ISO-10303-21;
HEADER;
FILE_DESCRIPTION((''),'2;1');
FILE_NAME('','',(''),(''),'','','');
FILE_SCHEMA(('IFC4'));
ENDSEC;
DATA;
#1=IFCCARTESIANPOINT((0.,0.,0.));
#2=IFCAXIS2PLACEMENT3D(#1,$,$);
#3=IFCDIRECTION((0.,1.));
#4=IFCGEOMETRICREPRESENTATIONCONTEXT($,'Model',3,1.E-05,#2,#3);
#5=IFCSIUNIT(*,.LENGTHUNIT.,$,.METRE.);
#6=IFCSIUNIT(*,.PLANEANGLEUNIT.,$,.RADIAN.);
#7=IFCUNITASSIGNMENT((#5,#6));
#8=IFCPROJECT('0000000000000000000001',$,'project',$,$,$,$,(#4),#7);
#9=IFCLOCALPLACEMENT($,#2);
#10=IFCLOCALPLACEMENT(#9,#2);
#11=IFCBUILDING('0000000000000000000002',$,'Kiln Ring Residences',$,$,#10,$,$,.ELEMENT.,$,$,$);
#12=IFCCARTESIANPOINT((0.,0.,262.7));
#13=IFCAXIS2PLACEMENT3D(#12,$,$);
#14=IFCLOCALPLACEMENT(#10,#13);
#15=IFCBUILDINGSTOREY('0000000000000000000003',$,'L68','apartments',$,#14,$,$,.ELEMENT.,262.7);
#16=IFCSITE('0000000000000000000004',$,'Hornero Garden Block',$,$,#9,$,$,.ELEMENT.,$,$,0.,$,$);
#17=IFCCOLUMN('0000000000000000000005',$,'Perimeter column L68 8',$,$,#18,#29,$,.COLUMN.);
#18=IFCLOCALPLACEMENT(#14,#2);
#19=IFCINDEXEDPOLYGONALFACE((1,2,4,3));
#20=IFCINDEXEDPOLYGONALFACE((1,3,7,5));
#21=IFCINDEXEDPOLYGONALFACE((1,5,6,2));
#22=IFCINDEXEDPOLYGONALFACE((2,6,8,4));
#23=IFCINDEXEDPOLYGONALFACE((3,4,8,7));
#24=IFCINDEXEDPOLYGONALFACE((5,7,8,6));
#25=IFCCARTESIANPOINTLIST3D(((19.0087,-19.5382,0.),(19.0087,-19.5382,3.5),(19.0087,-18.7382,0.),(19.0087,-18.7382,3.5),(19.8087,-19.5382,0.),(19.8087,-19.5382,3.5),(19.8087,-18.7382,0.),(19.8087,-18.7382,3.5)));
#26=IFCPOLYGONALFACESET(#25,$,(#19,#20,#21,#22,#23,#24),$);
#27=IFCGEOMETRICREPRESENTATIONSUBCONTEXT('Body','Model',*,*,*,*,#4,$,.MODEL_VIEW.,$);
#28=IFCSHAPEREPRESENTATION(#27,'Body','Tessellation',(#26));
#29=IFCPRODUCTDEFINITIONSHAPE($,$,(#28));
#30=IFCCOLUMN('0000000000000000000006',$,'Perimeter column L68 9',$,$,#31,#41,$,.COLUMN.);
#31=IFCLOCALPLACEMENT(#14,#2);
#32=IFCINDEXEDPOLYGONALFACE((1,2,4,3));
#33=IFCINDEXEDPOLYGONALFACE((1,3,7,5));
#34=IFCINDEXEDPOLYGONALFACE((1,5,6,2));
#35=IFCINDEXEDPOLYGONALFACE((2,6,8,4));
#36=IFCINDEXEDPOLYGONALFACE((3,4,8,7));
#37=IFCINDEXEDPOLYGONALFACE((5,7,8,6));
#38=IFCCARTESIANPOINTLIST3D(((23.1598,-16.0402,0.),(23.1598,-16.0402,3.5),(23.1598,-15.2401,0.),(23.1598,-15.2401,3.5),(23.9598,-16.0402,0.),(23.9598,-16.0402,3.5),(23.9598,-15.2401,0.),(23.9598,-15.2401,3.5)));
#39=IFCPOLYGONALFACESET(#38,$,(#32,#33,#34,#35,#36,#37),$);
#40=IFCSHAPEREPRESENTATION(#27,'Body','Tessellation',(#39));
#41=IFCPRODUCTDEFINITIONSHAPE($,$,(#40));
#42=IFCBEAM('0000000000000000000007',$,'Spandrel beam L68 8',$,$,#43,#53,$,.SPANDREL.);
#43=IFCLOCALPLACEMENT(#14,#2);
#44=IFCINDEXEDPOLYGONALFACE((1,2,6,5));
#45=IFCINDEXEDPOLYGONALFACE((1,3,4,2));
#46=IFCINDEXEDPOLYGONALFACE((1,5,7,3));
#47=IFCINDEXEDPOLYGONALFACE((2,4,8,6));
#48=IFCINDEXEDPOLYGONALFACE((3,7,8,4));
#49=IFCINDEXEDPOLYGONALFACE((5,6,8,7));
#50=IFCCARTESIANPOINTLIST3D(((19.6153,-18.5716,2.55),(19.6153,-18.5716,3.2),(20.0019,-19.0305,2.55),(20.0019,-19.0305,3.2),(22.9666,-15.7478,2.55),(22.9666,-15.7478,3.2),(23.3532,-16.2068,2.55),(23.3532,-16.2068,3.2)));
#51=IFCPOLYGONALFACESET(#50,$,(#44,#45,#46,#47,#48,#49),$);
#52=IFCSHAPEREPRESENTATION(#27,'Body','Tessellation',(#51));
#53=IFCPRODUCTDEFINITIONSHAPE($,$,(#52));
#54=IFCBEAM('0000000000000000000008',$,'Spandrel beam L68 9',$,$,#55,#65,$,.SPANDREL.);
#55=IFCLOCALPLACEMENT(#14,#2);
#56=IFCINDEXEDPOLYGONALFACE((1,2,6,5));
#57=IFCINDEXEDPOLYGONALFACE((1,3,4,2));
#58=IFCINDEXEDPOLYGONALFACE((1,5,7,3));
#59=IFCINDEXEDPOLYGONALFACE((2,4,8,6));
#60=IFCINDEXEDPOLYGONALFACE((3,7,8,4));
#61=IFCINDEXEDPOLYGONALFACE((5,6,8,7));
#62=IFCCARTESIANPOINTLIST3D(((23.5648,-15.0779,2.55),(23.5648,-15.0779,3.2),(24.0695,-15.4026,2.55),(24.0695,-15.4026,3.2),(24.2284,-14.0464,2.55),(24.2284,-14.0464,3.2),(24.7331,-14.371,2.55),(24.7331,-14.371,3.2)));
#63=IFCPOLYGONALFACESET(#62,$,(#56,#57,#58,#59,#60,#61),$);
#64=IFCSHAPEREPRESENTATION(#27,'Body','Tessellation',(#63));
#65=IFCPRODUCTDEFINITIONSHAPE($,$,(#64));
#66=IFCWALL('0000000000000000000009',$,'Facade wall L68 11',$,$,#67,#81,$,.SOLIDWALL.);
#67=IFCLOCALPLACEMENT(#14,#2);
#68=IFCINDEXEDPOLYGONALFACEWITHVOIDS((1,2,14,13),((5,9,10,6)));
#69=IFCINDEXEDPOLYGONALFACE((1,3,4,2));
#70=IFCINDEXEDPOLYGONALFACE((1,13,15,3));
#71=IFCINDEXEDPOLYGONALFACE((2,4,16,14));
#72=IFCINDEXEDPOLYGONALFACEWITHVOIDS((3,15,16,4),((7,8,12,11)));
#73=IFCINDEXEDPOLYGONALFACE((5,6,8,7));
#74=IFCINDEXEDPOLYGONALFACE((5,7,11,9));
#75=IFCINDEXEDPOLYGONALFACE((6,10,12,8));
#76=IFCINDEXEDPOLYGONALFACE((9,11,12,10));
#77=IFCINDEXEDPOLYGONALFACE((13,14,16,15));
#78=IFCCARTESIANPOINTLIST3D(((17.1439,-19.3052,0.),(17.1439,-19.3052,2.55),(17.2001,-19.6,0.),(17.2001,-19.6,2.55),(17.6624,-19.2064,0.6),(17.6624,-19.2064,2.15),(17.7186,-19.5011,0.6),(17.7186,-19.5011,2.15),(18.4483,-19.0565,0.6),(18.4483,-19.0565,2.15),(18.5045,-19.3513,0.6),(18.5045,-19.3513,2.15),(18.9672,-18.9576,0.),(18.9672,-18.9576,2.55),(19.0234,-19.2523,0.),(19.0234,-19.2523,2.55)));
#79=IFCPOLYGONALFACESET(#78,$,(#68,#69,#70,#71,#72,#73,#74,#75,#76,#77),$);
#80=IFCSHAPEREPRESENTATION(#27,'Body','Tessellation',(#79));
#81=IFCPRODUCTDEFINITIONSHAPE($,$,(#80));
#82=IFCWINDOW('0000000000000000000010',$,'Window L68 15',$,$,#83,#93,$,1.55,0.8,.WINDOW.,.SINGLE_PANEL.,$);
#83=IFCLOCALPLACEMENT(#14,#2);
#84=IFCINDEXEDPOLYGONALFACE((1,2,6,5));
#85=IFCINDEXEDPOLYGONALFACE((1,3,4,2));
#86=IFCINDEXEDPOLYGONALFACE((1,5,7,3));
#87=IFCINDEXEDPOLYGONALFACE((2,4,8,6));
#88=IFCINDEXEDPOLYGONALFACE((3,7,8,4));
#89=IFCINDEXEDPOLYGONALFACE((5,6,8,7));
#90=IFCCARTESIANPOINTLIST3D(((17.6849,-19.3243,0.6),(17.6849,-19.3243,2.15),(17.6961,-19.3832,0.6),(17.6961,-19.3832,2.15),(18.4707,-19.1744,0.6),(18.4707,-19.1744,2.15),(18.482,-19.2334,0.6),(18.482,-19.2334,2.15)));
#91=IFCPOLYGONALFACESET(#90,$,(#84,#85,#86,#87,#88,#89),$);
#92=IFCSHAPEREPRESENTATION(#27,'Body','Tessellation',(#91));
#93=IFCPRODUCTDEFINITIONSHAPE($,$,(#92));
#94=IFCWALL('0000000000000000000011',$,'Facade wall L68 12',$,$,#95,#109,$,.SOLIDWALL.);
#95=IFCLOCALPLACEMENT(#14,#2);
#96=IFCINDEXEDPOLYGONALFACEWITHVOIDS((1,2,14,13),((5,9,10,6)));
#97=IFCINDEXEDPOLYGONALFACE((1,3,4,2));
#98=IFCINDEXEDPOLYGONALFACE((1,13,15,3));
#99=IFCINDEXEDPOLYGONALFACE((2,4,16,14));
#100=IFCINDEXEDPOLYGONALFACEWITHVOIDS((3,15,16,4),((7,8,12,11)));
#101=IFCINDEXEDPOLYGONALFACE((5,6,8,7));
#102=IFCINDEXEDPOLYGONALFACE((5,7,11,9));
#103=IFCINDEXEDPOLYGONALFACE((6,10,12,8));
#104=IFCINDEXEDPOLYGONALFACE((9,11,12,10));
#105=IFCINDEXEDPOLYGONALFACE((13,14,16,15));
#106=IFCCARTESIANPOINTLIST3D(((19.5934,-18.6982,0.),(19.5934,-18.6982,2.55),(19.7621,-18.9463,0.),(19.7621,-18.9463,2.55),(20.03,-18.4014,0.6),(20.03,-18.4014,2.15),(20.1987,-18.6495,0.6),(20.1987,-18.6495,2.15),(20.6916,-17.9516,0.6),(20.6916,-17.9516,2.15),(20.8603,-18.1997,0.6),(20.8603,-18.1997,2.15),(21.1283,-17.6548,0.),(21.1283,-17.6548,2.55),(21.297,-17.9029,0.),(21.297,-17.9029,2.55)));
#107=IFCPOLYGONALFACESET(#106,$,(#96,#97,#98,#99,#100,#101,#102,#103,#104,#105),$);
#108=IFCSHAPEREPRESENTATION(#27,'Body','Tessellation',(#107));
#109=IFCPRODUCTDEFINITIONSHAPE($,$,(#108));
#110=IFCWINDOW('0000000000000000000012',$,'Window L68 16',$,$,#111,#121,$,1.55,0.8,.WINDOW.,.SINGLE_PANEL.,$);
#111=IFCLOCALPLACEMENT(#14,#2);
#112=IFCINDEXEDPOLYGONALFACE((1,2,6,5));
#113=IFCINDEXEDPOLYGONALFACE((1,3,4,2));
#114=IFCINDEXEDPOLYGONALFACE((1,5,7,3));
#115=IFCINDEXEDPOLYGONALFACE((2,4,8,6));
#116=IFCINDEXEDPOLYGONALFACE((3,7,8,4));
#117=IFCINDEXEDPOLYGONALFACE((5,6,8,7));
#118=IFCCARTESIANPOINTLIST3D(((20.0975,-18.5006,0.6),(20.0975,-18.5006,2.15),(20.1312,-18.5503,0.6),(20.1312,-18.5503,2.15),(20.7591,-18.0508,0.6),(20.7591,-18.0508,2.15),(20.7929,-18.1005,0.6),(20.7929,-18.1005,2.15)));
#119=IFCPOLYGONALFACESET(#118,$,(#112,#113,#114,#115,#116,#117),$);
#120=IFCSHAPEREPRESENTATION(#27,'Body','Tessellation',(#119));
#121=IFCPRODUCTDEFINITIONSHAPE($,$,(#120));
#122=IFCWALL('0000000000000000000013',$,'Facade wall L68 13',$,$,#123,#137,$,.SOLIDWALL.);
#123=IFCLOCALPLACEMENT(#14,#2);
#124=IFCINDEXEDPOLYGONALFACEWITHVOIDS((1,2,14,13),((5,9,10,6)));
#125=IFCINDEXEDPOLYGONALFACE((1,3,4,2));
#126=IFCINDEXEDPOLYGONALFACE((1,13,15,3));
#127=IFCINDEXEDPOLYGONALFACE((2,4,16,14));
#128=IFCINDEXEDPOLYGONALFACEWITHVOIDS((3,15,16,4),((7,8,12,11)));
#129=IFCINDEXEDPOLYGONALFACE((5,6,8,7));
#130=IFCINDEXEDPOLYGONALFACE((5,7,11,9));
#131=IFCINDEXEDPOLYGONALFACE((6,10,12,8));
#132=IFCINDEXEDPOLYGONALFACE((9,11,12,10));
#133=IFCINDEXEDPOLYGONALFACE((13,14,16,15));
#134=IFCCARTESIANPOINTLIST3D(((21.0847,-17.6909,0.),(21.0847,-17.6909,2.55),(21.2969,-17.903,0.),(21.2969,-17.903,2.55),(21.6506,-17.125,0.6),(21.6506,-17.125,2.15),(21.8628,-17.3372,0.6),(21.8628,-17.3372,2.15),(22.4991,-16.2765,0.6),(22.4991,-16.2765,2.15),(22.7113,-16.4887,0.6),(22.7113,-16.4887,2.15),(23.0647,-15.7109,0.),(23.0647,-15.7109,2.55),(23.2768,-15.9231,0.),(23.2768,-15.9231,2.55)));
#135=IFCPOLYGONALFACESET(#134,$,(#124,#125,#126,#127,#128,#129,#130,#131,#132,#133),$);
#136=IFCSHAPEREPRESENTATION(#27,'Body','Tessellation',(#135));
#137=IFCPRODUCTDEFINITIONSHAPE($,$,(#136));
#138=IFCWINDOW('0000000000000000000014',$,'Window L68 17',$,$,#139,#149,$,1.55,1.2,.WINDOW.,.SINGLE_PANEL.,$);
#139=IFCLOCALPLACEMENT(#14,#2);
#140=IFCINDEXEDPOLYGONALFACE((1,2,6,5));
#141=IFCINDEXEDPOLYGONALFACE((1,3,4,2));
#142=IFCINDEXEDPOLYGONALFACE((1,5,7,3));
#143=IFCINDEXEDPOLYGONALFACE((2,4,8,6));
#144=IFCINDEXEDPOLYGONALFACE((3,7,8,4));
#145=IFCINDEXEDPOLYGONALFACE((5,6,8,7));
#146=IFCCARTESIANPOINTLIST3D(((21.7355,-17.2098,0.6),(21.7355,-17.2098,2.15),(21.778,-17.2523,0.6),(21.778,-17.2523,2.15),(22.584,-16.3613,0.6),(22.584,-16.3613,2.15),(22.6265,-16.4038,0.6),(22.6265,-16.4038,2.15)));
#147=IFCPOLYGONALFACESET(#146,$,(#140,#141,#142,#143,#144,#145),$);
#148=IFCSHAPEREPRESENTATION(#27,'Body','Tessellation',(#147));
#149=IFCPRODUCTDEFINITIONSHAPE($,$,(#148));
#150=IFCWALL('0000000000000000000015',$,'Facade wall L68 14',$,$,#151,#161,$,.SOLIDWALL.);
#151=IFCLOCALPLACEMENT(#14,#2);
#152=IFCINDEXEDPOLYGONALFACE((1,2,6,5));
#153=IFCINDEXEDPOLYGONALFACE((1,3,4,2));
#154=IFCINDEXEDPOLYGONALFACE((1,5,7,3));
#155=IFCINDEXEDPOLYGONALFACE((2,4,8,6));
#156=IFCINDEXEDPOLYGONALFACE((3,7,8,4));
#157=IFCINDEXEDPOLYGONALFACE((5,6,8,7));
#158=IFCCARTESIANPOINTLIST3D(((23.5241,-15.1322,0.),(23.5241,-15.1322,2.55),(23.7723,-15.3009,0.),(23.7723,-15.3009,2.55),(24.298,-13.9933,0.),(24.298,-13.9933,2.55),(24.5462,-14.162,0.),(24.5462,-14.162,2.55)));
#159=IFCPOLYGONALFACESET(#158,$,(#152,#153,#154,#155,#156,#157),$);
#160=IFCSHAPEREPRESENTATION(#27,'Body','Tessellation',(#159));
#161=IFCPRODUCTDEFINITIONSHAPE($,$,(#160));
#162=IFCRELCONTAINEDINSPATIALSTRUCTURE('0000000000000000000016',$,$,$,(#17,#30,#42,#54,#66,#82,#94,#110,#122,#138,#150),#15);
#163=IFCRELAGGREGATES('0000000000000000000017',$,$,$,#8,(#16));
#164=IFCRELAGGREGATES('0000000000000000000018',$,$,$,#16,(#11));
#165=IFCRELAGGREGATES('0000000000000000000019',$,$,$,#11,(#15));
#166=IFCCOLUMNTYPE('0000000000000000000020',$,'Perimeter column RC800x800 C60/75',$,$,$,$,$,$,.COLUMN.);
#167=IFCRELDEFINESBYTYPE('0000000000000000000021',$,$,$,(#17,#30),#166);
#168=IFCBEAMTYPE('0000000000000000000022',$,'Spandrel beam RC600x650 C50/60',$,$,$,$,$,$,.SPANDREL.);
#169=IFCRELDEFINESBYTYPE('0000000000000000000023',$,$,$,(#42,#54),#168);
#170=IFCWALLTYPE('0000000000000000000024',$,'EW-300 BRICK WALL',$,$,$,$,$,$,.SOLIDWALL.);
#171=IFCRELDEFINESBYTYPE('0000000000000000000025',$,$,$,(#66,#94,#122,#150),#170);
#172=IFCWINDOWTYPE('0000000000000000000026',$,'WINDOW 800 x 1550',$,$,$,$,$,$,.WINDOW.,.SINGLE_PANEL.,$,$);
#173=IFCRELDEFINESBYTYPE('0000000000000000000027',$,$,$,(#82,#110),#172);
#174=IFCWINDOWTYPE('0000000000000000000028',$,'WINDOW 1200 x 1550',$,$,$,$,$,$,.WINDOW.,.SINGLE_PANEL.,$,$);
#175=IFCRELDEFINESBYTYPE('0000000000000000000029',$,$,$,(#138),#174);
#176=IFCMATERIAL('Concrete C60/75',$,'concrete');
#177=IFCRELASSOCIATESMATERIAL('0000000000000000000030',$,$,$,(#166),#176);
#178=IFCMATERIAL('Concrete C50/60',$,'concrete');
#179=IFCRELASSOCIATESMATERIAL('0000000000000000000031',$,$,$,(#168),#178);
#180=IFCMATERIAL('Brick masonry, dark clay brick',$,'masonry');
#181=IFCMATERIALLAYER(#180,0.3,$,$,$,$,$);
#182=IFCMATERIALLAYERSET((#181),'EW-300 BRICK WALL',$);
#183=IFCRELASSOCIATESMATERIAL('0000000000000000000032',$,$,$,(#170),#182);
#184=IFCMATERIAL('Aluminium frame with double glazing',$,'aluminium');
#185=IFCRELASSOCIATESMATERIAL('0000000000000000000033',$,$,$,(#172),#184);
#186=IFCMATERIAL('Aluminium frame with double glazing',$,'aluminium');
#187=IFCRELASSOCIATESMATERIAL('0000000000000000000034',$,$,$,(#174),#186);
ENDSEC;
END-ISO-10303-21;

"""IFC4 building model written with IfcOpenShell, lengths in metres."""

from ifc_helpers import new_model, si_unit, direction, frame, frame_2d, origin, origin_2d, place, context, subcontext, project, spatial, rectangle, extrude, material, layer, layer_set, material_profile, profile_set, type_object, element, fill, save


model = new_model("IFC4")

# Units and contexts
model_context = context("Model", 3, precision=1e-05, world=origin(), true_north=direction((0.0, 1.0)))
body_context = subcontext(model_context, "Body", "Model", "MODEL_VIEW")
ifc_project = project(units=[si_unit("LENGTHUNIT", "METRE"), si_unit("PLANEANGLEUNIT", "RADIAN")], contexts=[model_context])

# Site, building, storey
site_placement = place(None, origin())
site = spatial("IfcSite", under=ifc_project, at=site_placement, Name="Hornero Garden Block", CompositionType="ELEMENT", RefElevation=0.0)
building_placement = place(site_placement, origin())
building = spatial("IfcBuilding", under=site, at=building_placement, Name="Kiln Ring Residences", CompositionType="ELEMENT")
storey_placement = place(building_placement, frame((0.0, 0.0, 262.7)))
storey = spatial("IfcBuildingStorey", under=building, at=storey_placement, Name="L68", Description="apartments", CompositionType="ELEMENT", Elevation=262.7)

# Columns
ifc_material_1 = material(Name="Concrete C60/75", Category="concrete")
ifc_material_profile_1 = material_profile(ifc_material_1, rectangle(XDim=0.8, YDim=0.8, at=origin_2d()), Name="RC800x800")
ifc_profile_set_1 = profile_set([ifc_material_profile_1], Name="Concrete C60/75")
column_type = type_object("IfcColumnType", Name="Perimeter column RC800x800 C60/75", PredefinedType="COLUMN", material=ifc_profile_set_1)
for number, where, z_axis, x_axis, name in (
    (1, (19.4087, -19.1382, 0.0), (0.0, 0.0, 1.0), (1.0, 0.0, 0.0), "Perimeter column L68 8"),
    (2, (23.5598, -15.6401, 0.0), (0.0, 0.0, 1.0), (1.0, 0.0, 0.0), "Perimeter column L68 9"),
):
    element("IfcColumn", number, at=place(storey_placement, frame(where, z_axis=z_axis, x_axis=x_axis)), inside=storey, type_object=column_type, Name=name, PredefinedType="COLUMN", context=body_context, shape_type="SweptSolid", body=[
        extrude(rectangle(XDim=0.8, YDim=0.8, at=origin_2d()), origin(), (0.0, 0.0, 1.0), 3.5),
    ])

# Beams
ifc_material_2 = material(Name="Concrete C50/60", Category="concrete")
ifc_material_profile_2 = material_profile(ifc_material_2, rectangle(XDim=0.6001, YDim=0.6499, at=origin_2d()), Name="RC600x650")
ifc_profile_set_2 = profile_set([ifc_material_profile_2], Name="Concrete C50/60")
beam_type = type_object("IfcBeamType", Name="Spandrel beam RC600x650 C50/60", PredefinedType="SPANDREL", material=ifc_profile_set_2)
beam_1_placement = place(storey_placement, frame((19.8086, -18.801, 2.875), z_axis=(0.764735, 0.644345, 0.0), x_axis=(-0.644345, 0.764735, 0.0)))
element("IfcBeam", 3, at=beam_1_placement, inside=storey, type_object=beam_type, Name="Spandrel beam L68 8", PredefinedType="SPANDREL", context=body_context, shape_type="SweptSolid", body=[
    extrude(rectangle(XDim=0.6001, YDim=0.6499, at=origin_2d()), origin(), (0.0, 0.0, 1.0), 4.3823),
])
beam_2_placement = place(storey_placement, frame((23.8171, -15.2402, 2.875), z_axis=(0.541029, 0.841004, 0.0), x_axis=(-0.841004, 0.541029, 0.0)))
element("IfcBeam", 4, at=beam_2_placement, inside=storey, type_object=beam_type, Name="Spandrel beam L68 9", PredefinedType="SPANDREL", context=body_context, shape_type="SweptSolid", body=[
    extrude(rectangle(XDim=0.6001, YDim=0.6499, at=origin_2d()), origin(), (0.0, 0.0, 1.0), 1.2266),
])

# Walls, openings, windows
ifc_material_3 = material(Name="Brick masonry, dark clay brick", Category="masonry")
ifc_layer_1 = layer(ifc_material_3, 0.3)
ifc_layer_set_1 = layer_set([ifc_layer_1], Name="EW-300 BRICK WALL")
wall_type = type_object("IfcWallType", Name="EW-300 BRICK WALL", PredefinedType="SOLIDWALL", material=ifc_layer_set_1)
wall_1_placement = place(storey_placement, frame((17.1719, -19.4526, 0.0), z_axis=(0.0, 0.0, 1.0), x_axis=(0.982302, 0.187306, 0.0)))
wall_1 = element("IfcWall", 5, at=wall_1_placement, inside=storey, type_object=wall_type, Name="Facade wall L68 11", PredefinedType="SOLIDWALL", context=body_context, shape_type="SweptSolid", body=[
    extrude(rectangle(XDim=1.8562, YDim=0.3, at=frame_2d((0.9282, 0.0))), origin(), (0.0, 0.0, 1.0), 2.55),
])
opening_1_placement = place(wall_1_placement, frame((0.5281, 0.0, 0.6001)))
opening_1 = element("IfcOpeningElement", 6, at=opening_1_placement, cuts=wall_1, PredefinedType="OPENING", context=body_context, shape_type="SweptSolid", body=[
    extrude(rectangle(XDim=0.8, YDim=1.55, at=frame_2d((0.3999, 0.7749))), frame((0.0, 0.1599, 0.0), z_axis=(0.0, -1.0, 0.0), x_axis=(1.0, 0.0, 0.0)), (0.0, 0.0, 1.0), 0.3201),
])
ifc_material_4 = material(Name="Aluminium frame with double glazing", Category="aluminium")
window_type_1 = type_object("IfcWindowType", Name="WINDOW 800 x 1550", PartitioningType="SINGLE_PANEL", PredefinedType="WINDOW", material=ifc_material_4)
window_1_placement = place(opening_1_placement, origin())
window_1 = element("IfcWindow", 7, at=window_1_placement, inside=storey, type_object=window_type_1, Name="Window L68 15", OverallHeight=1.55, OverallWidth=0.8, PartitioningType="SINGLE_PANEL", PredefinedType="WINDOW", context=body_context, shape_type="SweptSolid", body=[
    extrude(rectangle(XDim=0.8, YDim=1.55, at=frame_2d((0.3999, 0.7749))), frame((0.0, 0.03, 0.0), z_axis=(0.0, -1.0, 0.0), x_axis=(1.0, 0.0, 0.0)), (0.0, 0.0, 1.0), 0.0601),
])
fill(opening_1, window_1)
wall_2_placement = place(storey_placement, frame((19.6777, -18.8223, 0.0), z_axis=(0.0, 0.0, 1.0), x_axis=(0.826997, 0.562206, 0.0)))
wall_2 = element("IfcWall", 8, at=wall_2_placement, inside=storey, type_object=wall_type, Name="Facade wall L68 12", PredefinedType="SOLIDWALL", context=body_context, shape_type="SweptSolid", body=[
    extrude(rectangle(XDim=1.856, YDim=0.3, at=frame_2d((0.928, 0.0))), origin(), (0.0, 0.0, 1.0), 2.55),
])
opening_2_placement = place(wall_2_placement, frame((0.5281, 0.0, 0.6001)))
opening_2 = element("IfcOpeningElement", 9, at=opening_2_placement, cuts=wall_2, PredefinedType="OPENING", context=body_context, shape_type="SweptSolid", body=[
    extrude(rectangle(XDim=0.8, YDim=1.55, at=frame_2d((0.3999, 0.7749))), frame((0.0, 0.1599, 0.0), z_axis=(0.0, -1.0, 0.0), x_axis=(1.0, 0.0, 0.0)), (0.0, 0.0, 1.0), 0.3201),
])
window_2_placement = place(opening_2_placement, origin())
window_2 = element("IfcWindow", 10, at=window_2_placement, inside=storey, type_object=window_type_1, Name="Window L68 16", OverallHeight=1.55, OverallWidth=0.8, PartitioningType="SINGLE_PANEL", PredefinedType="WINDOW", context=body_context, shape_type="SweptSolid", body=[
    extrude(rectangle(XDim=0.8, YDim=1.55, at=frame_2d((0.3999, 0.7749))), frame((0.0, 0.03, 0.0), z_axis=(0.0, -1.0, 0.0), x_axis=(1.0, 0.0, 0.0)), (0.0, 0.0, 1.0), 0.0601),
])
fill(opening_2, window_2)
wall_3_placement = place(storey_placement, frame((21.1909, -17.7969, 0.0), z_axis=(0.0, 0.0, 1.0), x_axis=(0.707107, 0.707107, 0.0)))
wall_3 = element("IfcWall", 11, at=wall_3_placement, inside=storey, type_object=wall_type, Name="Facade wall L68 13", PredefinedType="SOLIDWALL", context=body_context, shape_type="SweptSolid", body=[
    extrude(rectangle(XDim=2.8, YDim=0.3, at=frame_2d((1.3999, 0.0))), origin(), (0.0, 0.0, 1.0), 2.55),
])
opening_3_placement = place(wall_3_placement, frame((0.8, 0.0, 0.6001)))
opening_3 = element("IfcOpeningElement", 12, at=opening_3_placement, cuts=wall_3, PredefinedType="OPENING", context=body_context, shape_type="SweptSolid", body=[
    extrude(rectangle(XDim=1.2, YDim=1.55, at=frame_2d((0.6001, 0.7749))), frame((0.0, 0.1599, 0.0), z_axis=(0.0, -1.0, 0.0), x_axis=(1.0, 0.0, 0.0)), (0.0, 0.0, 1.0), 0.3201),
])
ifc_material_5 = material(Name="Aluminium frame with double glazing", Category="aluminium")
window_type_2 = type_object("IfcWindowType", Name="WINDOW 1200 x 1550", PartitioningType="SINGLE_PANEL", PredefinedType="WINDOW", material=ifc_material_5)
window_3_placement = place(opening_3_placement, origin())
window_3 = element("IfcWindow", 13, at=window_3_placement, inside=storey, type_object=window_type_2, Name="Window L68 17", OverallHeight=1.55, OverallWidth=1.2, PartitioningType="SINGLE_PANEL", PredefinedType="WINDOW", context=body_context, shape_type="SweptSolid", body=[
    extrude(rectangle(XDim=1.2, YDim=1.55, at=frame_2d((0.6001, 0.7749))), frame((0.0, 0.03, 0.0), z_axis=(0.0, -1.0, 0.0), x_axis=(1.0, 0.0, 0.0)), (0.0, 0.0, 1.0), 0.0601),
])
fill(opening_3, window_3)

# Wall
wall_4_placement = place(storey_placement, frame((23.6482, -15.2166, 0.0), z_axis=(0.0, 0.0, 1.0), x_axis=(0.562043, 0.827108, 0.0)))
element("IfcWall", 14, at=wall_4_placement, inside=storey, type_object=wall_type, Name="Facade wall L68 14", PredefinedType="SOLIDWALL", context=body_context, shape_type="SweptSolid", body=[
    extrude(rectangle(XDim=1.377, YDim=0.3, at=frame_2d((0.6885, 0.0))), origin(), (0.0, 0.0, 1.0), 2.55),
])

save(model, "model.ifc")
